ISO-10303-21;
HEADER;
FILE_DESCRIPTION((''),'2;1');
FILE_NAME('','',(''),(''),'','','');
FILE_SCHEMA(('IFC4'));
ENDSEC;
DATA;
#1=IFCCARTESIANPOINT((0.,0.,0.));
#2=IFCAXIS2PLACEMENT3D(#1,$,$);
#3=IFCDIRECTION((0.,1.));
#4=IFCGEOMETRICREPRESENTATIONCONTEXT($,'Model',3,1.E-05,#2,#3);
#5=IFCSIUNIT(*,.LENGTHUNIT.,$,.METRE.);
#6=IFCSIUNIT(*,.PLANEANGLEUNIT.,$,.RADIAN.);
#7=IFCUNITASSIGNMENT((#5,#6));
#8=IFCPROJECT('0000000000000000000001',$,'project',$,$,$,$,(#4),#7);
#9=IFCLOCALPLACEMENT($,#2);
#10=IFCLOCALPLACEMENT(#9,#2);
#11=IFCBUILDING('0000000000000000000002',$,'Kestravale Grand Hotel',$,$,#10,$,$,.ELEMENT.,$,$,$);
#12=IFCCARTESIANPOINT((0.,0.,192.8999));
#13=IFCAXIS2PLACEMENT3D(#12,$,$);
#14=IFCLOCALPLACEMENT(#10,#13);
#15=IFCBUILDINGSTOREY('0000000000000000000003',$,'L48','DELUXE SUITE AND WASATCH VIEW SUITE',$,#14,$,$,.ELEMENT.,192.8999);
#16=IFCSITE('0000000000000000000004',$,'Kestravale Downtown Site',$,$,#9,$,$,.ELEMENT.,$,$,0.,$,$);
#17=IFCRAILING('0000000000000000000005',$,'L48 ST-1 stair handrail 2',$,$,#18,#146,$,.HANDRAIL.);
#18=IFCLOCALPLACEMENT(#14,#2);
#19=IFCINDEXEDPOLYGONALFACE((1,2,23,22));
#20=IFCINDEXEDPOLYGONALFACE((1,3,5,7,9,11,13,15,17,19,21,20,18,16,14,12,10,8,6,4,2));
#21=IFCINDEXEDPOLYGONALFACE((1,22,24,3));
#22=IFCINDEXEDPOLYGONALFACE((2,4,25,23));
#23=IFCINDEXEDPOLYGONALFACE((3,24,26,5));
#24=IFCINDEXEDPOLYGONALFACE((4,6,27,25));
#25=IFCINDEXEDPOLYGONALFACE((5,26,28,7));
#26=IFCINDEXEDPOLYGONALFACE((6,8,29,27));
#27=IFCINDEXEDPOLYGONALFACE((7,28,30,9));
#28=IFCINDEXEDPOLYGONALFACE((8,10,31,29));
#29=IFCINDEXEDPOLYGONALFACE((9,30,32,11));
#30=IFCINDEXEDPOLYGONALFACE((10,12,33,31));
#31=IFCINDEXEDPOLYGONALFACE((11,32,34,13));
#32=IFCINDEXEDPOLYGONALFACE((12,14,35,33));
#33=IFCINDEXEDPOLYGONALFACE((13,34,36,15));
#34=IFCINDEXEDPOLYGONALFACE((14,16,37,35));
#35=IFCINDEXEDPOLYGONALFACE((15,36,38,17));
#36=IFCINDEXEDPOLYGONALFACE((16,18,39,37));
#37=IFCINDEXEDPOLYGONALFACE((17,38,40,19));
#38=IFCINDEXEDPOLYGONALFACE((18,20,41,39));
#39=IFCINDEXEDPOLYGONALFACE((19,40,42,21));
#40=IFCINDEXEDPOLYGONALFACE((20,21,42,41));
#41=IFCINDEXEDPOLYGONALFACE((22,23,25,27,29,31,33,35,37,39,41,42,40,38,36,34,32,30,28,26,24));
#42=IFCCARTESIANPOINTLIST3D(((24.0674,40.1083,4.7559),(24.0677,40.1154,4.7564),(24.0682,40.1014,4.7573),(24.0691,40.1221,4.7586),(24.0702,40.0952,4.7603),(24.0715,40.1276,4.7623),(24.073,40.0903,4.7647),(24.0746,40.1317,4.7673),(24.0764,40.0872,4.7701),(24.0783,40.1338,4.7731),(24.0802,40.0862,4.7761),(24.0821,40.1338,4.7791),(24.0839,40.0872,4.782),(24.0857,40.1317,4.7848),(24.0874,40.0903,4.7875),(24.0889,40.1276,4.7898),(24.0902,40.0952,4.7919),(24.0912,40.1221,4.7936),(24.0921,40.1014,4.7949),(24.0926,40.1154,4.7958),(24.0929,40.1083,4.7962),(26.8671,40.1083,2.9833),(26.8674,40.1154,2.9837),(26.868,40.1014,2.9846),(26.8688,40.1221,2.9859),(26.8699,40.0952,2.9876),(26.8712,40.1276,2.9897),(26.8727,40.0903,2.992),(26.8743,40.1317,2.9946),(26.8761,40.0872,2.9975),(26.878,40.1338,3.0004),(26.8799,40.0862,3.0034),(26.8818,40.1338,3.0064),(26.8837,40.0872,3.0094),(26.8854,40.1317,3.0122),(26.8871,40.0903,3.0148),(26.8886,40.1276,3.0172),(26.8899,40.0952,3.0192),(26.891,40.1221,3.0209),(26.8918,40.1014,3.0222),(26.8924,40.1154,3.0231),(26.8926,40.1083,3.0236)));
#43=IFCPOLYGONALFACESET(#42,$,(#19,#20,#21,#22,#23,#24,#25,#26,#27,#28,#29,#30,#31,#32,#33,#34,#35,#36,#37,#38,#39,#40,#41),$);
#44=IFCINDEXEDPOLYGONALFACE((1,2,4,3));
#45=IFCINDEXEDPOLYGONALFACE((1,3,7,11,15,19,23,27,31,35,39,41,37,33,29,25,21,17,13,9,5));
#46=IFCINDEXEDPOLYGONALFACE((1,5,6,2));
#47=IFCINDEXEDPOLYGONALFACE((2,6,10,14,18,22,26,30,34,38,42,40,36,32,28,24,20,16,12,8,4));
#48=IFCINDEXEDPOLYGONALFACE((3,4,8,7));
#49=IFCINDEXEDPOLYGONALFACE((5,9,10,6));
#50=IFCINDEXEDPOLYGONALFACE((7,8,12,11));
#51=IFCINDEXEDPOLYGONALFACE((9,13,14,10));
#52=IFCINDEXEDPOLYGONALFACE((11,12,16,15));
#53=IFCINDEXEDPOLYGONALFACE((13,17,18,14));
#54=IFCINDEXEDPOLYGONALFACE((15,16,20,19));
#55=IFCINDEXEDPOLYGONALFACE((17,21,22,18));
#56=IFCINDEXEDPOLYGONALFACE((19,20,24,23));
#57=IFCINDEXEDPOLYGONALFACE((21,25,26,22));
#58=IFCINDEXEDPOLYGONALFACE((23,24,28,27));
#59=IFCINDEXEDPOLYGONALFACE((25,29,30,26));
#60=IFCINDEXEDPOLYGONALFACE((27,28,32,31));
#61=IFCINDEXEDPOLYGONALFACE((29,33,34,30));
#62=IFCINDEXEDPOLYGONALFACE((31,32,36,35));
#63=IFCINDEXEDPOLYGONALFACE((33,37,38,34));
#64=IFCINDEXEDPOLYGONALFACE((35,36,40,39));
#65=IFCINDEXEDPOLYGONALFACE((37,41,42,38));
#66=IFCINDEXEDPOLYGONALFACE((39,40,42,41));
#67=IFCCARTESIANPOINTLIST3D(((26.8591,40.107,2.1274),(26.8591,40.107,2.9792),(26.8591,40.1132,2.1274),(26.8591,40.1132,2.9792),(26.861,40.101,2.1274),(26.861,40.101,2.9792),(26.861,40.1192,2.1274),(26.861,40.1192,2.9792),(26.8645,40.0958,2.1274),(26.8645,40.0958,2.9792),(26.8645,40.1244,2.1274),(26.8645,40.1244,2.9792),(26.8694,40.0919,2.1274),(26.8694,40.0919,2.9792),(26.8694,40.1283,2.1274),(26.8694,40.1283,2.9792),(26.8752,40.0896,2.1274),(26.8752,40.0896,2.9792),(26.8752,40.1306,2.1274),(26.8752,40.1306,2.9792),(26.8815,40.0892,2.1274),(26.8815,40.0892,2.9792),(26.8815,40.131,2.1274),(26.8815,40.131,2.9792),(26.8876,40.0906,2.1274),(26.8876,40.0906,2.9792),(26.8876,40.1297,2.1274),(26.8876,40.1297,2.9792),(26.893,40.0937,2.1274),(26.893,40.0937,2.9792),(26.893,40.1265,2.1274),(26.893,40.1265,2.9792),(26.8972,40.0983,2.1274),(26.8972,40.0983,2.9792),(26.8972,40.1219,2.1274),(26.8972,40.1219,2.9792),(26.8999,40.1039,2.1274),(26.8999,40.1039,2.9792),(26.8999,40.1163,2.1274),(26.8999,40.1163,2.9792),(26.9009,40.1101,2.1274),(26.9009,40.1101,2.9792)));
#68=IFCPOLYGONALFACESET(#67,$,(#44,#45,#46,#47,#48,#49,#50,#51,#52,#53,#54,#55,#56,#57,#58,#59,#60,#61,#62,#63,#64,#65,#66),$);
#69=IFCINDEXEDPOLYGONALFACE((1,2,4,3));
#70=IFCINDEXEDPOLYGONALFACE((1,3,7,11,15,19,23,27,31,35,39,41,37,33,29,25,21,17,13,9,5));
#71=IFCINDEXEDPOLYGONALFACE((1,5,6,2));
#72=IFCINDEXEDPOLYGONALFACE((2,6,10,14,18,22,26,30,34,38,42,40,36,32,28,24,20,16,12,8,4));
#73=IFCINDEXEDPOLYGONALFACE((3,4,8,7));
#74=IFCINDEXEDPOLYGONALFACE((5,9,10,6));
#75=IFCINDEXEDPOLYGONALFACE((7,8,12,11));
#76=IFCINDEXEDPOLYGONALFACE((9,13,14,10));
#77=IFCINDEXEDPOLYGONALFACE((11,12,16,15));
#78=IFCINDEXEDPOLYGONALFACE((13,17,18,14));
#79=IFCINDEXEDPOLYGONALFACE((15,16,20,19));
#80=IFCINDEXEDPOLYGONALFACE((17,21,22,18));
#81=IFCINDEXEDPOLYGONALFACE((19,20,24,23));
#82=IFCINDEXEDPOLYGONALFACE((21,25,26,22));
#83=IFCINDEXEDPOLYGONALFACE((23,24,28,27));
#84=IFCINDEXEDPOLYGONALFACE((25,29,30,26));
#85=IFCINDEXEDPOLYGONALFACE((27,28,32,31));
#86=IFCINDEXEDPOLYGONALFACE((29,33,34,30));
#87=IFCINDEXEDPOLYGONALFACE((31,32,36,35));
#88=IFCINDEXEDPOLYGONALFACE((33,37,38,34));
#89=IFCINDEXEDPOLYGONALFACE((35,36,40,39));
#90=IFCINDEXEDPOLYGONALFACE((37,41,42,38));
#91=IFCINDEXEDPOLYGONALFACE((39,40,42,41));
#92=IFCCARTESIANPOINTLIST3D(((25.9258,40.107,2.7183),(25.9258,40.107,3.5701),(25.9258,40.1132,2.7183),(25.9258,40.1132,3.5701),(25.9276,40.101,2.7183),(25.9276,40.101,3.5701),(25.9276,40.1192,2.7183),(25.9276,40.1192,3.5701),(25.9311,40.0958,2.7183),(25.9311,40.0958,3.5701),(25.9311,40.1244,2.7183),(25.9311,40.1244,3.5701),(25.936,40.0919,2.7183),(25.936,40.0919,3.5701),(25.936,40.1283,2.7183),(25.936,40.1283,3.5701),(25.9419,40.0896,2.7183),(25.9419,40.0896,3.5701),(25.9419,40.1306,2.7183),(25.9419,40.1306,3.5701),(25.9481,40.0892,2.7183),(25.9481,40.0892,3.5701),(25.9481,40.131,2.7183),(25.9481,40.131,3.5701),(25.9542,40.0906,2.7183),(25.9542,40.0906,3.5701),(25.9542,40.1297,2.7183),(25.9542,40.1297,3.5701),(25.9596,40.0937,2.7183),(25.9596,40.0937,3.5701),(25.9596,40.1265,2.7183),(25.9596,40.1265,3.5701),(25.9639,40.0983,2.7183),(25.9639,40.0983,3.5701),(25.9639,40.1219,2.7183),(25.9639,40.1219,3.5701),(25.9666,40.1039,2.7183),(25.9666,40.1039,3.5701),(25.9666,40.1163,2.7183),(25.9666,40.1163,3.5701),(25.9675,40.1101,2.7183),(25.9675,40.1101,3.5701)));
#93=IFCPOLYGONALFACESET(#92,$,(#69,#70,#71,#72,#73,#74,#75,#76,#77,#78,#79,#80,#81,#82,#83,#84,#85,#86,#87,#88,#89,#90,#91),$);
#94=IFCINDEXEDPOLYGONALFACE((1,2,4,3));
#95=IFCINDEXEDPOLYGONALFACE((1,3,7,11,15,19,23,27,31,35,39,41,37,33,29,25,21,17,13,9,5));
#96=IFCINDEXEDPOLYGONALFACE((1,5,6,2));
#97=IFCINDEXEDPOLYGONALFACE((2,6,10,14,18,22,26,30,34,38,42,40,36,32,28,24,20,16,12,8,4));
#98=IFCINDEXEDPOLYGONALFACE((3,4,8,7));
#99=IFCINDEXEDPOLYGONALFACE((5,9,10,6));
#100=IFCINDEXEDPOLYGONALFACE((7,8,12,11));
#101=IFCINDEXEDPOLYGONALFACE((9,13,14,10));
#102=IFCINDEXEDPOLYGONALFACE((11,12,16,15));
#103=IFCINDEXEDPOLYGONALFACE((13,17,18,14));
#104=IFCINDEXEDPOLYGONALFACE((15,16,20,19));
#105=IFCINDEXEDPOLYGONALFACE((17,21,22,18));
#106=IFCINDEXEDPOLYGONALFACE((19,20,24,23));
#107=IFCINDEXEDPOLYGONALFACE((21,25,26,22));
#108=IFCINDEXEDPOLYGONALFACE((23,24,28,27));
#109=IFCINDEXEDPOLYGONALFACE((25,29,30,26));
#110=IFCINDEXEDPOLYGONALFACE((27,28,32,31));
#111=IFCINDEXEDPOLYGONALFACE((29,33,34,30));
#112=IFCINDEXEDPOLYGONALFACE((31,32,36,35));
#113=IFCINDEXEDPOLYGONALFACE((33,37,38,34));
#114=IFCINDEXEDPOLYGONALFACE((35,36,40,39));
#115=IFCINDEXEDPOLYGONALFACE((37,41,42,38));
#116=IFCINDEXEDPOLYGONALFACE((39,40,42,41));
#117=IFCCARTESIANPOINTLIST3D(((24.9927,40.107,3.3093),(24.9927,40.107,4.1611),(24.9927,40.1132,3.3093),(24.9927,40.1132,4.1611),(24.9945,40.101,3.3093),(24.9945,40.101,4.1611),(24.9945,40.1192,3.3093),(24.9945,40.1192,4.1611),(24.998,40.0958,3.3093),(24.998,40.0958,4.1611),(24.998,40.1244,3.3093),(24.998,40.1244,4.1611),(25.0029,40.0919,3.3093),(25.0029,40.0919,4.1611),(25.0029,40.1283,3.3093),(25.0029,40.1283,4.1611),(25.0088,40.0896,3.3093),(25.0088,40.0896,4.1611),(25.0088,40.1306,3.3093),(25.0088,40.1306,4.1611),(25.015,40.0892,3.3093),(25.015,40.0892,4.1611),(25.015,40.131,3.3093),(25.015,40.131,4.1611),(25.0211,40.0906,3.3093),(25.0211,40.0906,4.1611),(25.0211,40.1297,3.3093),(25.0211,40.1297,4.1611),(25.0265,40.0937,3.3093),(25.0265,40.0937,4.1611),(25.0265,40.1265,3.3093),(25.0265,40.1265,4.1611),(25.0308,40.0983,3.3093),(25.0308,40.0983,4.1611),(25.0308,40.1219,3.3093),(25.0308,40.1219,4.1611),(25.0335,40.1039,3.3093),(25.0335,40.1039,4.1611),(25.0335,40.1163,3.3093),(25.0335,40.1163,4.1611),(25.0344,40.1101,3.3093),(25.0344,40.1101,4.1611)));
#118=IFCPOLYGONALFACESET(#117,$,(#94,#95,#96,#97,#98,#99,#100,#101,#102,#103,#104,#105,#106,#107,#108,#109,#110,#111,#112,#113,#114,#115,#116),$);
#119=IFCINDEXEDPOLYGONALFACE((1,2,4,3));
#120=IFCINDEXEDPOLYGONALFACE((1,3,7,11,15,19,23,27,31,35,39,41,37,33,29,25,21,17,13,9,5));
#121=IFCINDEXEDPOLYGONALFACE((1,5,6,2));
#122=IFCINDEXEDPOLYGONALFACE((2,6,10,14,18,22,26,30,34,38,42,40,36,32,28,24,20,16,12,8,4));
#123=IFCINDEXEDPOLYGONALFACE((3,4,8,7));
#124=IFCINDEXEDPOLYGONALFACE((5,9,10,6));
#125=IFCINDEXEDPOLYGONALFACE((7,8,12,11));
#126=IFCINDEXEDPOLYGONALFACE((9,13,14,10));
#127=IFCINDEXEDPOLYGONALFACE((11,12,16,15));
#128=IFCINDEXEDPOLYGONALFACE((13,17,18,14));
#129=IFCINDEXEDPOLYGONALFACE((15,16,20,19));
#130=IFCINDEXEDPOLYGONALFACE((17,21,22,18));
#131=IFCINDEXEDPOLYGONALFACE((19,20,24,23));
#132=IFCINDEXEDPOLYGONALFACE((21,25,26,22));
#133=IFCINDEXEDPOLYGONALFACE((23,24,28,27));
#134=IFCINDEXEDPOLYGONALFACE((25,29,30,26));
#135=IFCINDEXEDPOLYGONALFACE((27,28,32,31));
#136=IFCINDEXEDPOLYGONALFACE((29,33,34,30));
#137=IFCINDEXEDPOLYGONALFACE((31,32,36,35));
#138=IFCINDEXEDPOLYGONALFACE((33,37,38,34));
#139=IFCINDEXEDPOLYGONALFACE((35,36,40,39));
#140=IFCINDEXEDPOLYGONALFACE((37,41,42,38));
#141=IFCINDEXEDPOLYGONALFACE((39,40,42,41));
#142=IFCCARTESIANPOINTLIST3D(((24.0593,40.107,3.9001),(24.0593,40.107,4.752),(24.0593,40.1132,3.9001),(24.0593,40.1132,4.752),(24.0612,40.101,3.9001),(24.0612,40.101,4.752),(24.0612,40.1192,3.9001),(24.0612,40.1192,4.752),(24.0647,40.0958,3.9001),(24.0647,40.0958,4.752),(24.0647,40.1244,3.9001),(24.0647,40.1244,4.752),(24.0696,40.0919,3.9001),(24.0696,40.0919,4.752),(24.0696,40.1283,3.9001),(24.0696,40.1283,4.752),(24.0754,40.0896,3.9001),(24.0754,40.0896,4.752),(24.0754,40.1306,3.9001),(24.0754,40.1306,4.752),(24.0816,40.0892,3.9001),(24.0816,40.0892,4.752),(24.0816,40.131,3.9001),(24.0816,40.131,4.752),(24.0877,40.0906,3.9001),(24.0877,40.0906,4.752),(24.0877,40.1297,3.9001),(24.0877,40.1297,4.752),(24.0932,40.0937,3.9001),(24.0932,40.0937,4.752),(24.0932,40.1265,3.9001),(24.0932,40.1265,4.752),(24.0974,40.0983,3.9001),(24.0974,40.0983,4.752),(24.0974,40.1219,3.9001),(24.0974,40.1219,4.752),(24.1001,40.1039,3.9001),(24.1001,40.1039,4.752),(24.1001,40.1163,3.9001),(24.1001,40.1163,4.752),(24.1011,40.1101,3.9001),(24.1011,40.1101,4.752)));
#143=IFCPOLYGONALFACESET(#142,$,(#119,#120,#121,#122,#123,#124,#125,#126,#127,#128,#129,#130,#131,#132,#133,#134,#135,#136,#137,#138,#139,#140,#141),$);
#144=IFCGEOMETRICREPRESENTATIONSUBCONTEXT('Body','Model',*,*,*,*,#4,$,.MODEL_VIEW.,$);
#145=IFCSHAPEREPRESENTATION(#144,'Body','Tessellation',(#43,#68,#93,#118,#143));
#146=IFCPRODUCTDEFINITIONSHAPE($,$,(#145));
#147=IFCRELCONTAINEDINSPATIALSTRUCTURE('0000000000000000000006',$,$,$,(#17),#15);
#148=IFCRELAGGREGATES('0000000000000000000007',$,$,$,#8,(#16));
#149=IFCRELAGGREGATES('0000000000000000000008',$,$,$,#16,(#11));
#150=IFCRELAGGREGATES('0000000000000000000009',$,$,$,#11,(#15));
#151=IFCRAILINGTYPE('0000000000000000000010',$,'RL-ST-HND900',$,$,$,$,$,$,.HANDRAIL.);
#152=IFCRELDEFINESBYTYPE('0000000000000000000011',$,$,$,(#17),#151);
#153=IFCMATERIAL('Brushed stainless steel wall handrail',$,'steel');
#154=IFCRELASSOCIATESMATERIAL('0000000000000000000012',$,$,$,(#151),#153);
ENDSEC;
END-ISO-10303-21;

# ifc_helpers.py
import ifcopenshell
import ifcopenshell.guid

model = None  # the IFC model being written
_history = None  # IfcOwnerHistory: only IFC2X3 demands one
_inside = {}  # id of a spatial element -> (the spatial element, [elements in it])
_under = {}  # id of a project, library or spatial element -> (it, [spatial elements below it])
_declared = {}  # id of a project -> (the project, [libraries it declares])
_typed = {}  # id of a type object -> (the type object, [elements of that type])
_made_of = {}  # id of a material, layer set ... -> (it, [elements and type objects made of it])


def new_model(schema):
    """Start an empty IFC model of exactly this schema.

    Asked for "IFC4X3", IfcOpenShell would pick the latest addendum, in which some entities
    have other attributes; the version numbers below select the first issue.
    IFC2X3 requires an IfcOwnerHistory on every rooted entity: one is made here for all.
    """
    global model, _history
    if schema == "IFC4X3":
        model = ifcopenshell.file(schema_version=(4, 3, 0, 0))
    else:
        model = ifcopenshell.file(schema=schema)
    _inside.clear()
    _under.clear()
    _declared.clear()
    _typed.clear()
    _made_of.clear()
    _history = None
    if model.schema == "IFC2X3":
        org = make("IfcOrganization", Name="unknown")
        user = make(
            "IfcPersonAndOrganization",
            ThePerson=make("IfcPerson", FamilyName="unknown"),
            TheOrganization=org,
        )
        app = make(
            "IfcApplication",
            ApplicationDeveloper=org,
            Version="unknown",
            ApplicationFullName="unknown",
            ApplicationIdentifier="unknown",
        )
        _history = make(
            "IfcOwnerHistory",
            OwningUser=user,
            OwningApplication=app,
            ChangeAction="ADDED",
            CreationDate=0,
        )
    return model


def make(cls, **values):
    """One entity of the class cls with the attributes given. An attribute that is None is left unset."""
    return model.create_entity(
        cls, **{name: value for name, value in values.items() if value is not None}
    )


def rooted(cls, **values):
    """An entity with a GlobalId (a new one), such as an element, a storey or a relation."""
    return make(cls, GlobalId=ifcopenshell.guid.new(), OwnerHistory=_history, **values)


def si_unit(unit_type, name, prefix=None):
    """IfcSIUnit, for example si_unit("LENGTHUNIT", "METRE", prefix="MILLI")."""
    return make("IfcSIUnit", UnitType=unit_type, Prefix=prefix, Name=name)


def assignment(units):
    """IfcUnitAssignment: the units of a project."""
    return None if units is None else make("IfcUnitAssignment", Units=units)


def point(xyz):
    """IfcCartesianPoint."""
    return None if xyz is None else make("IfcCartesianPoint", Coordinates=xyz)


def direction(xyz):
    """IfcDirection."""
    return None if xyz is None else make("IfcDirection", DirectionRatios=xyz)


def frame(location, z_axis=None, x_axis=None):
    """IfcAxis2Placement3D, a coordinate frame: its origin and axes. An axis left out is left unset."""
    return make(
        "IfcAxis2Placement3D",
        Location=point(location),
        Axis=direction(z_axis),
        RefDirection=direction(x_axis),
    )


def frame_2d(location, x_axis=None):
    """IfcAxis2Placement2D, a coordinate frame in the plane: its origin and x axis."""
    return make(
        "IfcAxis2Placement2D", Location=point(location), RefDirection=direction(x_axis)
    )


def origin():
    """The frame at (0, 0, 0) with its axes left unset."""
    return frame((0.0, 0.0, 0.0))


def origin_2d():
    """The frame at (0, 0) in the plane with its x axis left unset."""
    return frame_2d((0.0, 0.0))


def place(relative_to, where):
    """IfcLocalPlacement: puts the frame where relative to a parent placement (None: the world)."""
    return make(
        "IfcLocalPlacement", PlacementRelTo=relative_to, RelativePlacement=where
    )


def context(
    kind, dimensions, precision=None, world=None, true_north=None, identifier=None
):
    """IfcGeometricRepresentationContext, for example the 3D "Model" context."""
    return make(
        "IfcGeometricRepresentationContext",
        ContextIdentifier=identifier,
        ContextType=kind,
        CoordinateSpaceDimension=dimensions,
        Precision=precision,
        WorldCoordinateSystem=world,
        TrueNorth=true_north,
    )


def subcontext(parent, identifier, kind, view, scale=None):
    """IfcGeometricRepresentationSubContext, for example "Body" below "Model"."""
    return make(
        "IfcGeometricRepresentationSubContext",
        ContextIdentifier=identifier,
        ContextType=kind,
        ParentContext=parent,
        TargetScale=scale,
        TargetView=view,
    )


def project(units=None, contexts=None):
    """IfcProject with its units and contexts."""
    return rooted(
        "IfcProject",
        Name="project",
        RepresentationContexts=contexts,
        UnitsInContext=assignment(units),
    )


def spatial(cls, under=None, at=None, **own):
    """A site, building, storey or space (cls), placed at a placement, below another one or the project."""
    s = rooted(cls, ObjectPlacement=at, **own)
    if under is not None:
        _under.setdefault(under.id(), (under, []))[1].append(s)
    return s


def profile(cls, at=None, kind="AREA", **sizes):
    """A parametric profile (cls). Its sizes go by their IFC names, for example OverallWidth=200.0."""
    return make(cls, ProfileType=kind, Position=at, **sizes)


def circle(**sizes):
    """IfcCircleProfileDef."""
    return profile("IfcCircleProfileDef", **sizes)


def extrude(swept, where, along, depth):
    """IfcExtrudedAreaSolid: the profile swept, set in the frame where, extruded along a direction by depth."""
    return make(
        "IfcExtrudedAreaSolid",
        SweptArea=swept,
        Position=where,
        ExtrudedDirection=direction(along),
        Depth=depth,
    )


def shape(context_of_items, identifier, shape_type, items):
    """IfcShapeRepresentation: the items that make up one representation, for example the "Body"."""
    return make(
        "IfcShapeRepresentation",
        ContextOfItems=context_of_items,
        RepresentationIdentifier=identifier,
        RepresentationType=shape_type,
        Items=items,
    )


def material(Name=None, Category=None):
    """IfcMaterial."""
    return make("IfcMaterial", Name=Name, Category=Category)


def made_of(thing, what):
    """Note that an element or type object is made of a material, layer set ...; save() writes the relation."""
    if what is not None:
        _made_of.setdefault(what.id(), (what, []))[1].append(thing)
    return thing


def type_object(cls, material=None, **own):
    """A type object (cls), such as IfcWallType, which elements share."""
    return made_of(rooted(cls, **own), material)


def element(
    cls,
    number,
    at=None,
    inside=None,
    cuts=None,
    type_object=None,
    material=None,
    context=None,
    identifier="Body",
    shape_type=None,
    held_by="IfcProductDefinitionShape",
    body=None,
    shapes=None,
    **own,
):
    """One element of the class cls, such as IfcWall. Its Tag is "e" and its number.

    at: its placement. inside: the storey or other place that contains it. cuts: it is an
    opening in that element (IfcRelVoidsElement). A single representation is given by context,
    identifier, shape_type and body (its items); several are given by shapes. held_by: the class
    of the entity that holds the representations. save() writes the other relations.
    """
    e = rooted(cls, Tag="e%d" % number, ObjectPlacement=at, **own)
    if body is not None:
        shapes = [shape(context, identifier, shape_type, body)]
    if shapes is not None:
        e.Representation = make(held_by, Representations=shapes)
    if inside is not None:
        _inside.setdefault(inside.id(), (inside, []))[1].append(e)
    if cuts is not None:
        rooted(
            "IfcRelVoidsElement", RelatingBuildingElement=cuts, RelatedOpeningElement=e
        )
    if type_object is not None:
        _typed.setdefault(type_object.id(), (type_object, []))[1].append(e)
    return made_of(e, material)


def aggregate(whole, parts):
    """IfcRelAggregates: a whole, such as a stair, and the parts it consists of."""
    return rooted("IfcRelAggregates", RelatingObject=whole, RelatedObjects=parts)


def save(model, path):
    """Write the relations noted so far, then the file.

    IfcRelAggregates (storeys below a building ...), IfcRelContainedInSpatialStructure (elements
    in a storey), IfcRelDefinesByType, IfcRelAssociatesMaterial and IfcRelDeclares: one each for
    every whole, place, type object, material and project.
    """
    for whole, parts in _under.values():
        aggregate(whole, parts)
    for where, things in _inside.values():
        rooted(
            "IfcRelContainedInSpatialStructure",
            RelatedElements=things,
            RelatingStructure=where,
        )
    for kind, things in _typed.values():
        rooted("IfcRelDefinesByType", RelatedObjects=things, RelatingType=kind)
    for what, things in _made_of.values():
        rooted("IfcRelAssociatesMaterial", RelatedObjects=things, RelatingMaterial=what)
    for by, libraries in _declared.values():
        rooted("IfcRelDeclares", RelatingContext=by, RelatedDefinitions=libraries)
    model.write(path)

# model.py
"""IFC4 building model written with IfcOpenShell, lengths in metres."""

from ifc_helpers import new_model, si_unit, direction, frame, origin, origin_2d, place, context, subcontext, project, spatial, circle, extrude, material, type_object, element, save


model = new_model("IFC4")

# Units and contexts
model_context = context("Model", 3, precision=1e-05, world=origin(), true_north=direction((0.0, 1.0)))
body_context = subcontext(model_context, "Body", "Model", "MODEL_VIEW")
ifc_project = project(units=[si_unit("LENGTHUNIT", "METRE"), si_unit("PLANEANGLEUNIT", "RADIAN")], contexts=[model_context])

# Site, building, storey
site_placement = place(None, origin())
site = spatial("IfcSite", under=ifc_project, at=site_placement, Name="Kestravale Downtown Site", CompositionType="ELEMENT", RefElevation=0.0)
building_placement = place(site_placement, origin())
building = spatial("IfcBuilding", under=site, at=building_placement, Name="Kestravale Grand Hotel", CompositionType="ELEMENT")
storey_placement = place(building_placement, frame((0.0, 0.0, 192.8999)))
storey = spatial("IfcBuildingStorey", under=building, at=storey_placement, Name="L48", Description="DELUXE SUITE AND WASATCH VIEW SUITE", CompositionType="ELEMENT", Elevation=192.8999)

# Railing
ifc_material_1 = material(Name="Brushed stainless steel wall handrail", Category="steel")
railing_type_1 = type_object("IfcRailingType", Name="RL-ST-HND900", PredefinedType="HANDRAIL", material=ifc_material_1)
railing_1_placement = place(storey_placement, frame((26.8799, 40.1101, 2.1274)))
element("IfcRailing", 1, at=railing_1_placement, inside=storey, type_object=railing_type_1, Name="L48 ST-1 stair handrail 2", PredefinedType="HANDRAIL", context=body_context, shape_type="SweptSolid", body=[
    extrude(circle(Radius=0.0239, at=origin_2d()), frame((0.0, 0.0, 0.876), z_axis=(-0.844888, 0.0, 0.534943), x_axis=(0.0, -1.0, 0.0)), (0.0, 0.0, 1.0), 3.3137),
    extrude(circle(Radius=0.021, at=origin_2d()), origin(), (0.0, 0.0, 1.0), 0.8518),
    extrude(circle(Radius=0.021, at=origin_2d()), frame((-0.9333, 0.0, 0.5908)), (0.0, 0.0, 1.0), 0.8518),
    extrude(circle(Radius=0.021, at=origin_2d()), frame((-1.8665, 0.0, 1.1819)), (0.0, 0.0, 1.0), 0.8518),
    extrude(circle(Radius=0.021, at=origin_2d()), frame((-2.7998, 0.0, 1.7727)), (0.0, 0.0, 1.0), 0.8518),
])

save(model, "model.ifc")
